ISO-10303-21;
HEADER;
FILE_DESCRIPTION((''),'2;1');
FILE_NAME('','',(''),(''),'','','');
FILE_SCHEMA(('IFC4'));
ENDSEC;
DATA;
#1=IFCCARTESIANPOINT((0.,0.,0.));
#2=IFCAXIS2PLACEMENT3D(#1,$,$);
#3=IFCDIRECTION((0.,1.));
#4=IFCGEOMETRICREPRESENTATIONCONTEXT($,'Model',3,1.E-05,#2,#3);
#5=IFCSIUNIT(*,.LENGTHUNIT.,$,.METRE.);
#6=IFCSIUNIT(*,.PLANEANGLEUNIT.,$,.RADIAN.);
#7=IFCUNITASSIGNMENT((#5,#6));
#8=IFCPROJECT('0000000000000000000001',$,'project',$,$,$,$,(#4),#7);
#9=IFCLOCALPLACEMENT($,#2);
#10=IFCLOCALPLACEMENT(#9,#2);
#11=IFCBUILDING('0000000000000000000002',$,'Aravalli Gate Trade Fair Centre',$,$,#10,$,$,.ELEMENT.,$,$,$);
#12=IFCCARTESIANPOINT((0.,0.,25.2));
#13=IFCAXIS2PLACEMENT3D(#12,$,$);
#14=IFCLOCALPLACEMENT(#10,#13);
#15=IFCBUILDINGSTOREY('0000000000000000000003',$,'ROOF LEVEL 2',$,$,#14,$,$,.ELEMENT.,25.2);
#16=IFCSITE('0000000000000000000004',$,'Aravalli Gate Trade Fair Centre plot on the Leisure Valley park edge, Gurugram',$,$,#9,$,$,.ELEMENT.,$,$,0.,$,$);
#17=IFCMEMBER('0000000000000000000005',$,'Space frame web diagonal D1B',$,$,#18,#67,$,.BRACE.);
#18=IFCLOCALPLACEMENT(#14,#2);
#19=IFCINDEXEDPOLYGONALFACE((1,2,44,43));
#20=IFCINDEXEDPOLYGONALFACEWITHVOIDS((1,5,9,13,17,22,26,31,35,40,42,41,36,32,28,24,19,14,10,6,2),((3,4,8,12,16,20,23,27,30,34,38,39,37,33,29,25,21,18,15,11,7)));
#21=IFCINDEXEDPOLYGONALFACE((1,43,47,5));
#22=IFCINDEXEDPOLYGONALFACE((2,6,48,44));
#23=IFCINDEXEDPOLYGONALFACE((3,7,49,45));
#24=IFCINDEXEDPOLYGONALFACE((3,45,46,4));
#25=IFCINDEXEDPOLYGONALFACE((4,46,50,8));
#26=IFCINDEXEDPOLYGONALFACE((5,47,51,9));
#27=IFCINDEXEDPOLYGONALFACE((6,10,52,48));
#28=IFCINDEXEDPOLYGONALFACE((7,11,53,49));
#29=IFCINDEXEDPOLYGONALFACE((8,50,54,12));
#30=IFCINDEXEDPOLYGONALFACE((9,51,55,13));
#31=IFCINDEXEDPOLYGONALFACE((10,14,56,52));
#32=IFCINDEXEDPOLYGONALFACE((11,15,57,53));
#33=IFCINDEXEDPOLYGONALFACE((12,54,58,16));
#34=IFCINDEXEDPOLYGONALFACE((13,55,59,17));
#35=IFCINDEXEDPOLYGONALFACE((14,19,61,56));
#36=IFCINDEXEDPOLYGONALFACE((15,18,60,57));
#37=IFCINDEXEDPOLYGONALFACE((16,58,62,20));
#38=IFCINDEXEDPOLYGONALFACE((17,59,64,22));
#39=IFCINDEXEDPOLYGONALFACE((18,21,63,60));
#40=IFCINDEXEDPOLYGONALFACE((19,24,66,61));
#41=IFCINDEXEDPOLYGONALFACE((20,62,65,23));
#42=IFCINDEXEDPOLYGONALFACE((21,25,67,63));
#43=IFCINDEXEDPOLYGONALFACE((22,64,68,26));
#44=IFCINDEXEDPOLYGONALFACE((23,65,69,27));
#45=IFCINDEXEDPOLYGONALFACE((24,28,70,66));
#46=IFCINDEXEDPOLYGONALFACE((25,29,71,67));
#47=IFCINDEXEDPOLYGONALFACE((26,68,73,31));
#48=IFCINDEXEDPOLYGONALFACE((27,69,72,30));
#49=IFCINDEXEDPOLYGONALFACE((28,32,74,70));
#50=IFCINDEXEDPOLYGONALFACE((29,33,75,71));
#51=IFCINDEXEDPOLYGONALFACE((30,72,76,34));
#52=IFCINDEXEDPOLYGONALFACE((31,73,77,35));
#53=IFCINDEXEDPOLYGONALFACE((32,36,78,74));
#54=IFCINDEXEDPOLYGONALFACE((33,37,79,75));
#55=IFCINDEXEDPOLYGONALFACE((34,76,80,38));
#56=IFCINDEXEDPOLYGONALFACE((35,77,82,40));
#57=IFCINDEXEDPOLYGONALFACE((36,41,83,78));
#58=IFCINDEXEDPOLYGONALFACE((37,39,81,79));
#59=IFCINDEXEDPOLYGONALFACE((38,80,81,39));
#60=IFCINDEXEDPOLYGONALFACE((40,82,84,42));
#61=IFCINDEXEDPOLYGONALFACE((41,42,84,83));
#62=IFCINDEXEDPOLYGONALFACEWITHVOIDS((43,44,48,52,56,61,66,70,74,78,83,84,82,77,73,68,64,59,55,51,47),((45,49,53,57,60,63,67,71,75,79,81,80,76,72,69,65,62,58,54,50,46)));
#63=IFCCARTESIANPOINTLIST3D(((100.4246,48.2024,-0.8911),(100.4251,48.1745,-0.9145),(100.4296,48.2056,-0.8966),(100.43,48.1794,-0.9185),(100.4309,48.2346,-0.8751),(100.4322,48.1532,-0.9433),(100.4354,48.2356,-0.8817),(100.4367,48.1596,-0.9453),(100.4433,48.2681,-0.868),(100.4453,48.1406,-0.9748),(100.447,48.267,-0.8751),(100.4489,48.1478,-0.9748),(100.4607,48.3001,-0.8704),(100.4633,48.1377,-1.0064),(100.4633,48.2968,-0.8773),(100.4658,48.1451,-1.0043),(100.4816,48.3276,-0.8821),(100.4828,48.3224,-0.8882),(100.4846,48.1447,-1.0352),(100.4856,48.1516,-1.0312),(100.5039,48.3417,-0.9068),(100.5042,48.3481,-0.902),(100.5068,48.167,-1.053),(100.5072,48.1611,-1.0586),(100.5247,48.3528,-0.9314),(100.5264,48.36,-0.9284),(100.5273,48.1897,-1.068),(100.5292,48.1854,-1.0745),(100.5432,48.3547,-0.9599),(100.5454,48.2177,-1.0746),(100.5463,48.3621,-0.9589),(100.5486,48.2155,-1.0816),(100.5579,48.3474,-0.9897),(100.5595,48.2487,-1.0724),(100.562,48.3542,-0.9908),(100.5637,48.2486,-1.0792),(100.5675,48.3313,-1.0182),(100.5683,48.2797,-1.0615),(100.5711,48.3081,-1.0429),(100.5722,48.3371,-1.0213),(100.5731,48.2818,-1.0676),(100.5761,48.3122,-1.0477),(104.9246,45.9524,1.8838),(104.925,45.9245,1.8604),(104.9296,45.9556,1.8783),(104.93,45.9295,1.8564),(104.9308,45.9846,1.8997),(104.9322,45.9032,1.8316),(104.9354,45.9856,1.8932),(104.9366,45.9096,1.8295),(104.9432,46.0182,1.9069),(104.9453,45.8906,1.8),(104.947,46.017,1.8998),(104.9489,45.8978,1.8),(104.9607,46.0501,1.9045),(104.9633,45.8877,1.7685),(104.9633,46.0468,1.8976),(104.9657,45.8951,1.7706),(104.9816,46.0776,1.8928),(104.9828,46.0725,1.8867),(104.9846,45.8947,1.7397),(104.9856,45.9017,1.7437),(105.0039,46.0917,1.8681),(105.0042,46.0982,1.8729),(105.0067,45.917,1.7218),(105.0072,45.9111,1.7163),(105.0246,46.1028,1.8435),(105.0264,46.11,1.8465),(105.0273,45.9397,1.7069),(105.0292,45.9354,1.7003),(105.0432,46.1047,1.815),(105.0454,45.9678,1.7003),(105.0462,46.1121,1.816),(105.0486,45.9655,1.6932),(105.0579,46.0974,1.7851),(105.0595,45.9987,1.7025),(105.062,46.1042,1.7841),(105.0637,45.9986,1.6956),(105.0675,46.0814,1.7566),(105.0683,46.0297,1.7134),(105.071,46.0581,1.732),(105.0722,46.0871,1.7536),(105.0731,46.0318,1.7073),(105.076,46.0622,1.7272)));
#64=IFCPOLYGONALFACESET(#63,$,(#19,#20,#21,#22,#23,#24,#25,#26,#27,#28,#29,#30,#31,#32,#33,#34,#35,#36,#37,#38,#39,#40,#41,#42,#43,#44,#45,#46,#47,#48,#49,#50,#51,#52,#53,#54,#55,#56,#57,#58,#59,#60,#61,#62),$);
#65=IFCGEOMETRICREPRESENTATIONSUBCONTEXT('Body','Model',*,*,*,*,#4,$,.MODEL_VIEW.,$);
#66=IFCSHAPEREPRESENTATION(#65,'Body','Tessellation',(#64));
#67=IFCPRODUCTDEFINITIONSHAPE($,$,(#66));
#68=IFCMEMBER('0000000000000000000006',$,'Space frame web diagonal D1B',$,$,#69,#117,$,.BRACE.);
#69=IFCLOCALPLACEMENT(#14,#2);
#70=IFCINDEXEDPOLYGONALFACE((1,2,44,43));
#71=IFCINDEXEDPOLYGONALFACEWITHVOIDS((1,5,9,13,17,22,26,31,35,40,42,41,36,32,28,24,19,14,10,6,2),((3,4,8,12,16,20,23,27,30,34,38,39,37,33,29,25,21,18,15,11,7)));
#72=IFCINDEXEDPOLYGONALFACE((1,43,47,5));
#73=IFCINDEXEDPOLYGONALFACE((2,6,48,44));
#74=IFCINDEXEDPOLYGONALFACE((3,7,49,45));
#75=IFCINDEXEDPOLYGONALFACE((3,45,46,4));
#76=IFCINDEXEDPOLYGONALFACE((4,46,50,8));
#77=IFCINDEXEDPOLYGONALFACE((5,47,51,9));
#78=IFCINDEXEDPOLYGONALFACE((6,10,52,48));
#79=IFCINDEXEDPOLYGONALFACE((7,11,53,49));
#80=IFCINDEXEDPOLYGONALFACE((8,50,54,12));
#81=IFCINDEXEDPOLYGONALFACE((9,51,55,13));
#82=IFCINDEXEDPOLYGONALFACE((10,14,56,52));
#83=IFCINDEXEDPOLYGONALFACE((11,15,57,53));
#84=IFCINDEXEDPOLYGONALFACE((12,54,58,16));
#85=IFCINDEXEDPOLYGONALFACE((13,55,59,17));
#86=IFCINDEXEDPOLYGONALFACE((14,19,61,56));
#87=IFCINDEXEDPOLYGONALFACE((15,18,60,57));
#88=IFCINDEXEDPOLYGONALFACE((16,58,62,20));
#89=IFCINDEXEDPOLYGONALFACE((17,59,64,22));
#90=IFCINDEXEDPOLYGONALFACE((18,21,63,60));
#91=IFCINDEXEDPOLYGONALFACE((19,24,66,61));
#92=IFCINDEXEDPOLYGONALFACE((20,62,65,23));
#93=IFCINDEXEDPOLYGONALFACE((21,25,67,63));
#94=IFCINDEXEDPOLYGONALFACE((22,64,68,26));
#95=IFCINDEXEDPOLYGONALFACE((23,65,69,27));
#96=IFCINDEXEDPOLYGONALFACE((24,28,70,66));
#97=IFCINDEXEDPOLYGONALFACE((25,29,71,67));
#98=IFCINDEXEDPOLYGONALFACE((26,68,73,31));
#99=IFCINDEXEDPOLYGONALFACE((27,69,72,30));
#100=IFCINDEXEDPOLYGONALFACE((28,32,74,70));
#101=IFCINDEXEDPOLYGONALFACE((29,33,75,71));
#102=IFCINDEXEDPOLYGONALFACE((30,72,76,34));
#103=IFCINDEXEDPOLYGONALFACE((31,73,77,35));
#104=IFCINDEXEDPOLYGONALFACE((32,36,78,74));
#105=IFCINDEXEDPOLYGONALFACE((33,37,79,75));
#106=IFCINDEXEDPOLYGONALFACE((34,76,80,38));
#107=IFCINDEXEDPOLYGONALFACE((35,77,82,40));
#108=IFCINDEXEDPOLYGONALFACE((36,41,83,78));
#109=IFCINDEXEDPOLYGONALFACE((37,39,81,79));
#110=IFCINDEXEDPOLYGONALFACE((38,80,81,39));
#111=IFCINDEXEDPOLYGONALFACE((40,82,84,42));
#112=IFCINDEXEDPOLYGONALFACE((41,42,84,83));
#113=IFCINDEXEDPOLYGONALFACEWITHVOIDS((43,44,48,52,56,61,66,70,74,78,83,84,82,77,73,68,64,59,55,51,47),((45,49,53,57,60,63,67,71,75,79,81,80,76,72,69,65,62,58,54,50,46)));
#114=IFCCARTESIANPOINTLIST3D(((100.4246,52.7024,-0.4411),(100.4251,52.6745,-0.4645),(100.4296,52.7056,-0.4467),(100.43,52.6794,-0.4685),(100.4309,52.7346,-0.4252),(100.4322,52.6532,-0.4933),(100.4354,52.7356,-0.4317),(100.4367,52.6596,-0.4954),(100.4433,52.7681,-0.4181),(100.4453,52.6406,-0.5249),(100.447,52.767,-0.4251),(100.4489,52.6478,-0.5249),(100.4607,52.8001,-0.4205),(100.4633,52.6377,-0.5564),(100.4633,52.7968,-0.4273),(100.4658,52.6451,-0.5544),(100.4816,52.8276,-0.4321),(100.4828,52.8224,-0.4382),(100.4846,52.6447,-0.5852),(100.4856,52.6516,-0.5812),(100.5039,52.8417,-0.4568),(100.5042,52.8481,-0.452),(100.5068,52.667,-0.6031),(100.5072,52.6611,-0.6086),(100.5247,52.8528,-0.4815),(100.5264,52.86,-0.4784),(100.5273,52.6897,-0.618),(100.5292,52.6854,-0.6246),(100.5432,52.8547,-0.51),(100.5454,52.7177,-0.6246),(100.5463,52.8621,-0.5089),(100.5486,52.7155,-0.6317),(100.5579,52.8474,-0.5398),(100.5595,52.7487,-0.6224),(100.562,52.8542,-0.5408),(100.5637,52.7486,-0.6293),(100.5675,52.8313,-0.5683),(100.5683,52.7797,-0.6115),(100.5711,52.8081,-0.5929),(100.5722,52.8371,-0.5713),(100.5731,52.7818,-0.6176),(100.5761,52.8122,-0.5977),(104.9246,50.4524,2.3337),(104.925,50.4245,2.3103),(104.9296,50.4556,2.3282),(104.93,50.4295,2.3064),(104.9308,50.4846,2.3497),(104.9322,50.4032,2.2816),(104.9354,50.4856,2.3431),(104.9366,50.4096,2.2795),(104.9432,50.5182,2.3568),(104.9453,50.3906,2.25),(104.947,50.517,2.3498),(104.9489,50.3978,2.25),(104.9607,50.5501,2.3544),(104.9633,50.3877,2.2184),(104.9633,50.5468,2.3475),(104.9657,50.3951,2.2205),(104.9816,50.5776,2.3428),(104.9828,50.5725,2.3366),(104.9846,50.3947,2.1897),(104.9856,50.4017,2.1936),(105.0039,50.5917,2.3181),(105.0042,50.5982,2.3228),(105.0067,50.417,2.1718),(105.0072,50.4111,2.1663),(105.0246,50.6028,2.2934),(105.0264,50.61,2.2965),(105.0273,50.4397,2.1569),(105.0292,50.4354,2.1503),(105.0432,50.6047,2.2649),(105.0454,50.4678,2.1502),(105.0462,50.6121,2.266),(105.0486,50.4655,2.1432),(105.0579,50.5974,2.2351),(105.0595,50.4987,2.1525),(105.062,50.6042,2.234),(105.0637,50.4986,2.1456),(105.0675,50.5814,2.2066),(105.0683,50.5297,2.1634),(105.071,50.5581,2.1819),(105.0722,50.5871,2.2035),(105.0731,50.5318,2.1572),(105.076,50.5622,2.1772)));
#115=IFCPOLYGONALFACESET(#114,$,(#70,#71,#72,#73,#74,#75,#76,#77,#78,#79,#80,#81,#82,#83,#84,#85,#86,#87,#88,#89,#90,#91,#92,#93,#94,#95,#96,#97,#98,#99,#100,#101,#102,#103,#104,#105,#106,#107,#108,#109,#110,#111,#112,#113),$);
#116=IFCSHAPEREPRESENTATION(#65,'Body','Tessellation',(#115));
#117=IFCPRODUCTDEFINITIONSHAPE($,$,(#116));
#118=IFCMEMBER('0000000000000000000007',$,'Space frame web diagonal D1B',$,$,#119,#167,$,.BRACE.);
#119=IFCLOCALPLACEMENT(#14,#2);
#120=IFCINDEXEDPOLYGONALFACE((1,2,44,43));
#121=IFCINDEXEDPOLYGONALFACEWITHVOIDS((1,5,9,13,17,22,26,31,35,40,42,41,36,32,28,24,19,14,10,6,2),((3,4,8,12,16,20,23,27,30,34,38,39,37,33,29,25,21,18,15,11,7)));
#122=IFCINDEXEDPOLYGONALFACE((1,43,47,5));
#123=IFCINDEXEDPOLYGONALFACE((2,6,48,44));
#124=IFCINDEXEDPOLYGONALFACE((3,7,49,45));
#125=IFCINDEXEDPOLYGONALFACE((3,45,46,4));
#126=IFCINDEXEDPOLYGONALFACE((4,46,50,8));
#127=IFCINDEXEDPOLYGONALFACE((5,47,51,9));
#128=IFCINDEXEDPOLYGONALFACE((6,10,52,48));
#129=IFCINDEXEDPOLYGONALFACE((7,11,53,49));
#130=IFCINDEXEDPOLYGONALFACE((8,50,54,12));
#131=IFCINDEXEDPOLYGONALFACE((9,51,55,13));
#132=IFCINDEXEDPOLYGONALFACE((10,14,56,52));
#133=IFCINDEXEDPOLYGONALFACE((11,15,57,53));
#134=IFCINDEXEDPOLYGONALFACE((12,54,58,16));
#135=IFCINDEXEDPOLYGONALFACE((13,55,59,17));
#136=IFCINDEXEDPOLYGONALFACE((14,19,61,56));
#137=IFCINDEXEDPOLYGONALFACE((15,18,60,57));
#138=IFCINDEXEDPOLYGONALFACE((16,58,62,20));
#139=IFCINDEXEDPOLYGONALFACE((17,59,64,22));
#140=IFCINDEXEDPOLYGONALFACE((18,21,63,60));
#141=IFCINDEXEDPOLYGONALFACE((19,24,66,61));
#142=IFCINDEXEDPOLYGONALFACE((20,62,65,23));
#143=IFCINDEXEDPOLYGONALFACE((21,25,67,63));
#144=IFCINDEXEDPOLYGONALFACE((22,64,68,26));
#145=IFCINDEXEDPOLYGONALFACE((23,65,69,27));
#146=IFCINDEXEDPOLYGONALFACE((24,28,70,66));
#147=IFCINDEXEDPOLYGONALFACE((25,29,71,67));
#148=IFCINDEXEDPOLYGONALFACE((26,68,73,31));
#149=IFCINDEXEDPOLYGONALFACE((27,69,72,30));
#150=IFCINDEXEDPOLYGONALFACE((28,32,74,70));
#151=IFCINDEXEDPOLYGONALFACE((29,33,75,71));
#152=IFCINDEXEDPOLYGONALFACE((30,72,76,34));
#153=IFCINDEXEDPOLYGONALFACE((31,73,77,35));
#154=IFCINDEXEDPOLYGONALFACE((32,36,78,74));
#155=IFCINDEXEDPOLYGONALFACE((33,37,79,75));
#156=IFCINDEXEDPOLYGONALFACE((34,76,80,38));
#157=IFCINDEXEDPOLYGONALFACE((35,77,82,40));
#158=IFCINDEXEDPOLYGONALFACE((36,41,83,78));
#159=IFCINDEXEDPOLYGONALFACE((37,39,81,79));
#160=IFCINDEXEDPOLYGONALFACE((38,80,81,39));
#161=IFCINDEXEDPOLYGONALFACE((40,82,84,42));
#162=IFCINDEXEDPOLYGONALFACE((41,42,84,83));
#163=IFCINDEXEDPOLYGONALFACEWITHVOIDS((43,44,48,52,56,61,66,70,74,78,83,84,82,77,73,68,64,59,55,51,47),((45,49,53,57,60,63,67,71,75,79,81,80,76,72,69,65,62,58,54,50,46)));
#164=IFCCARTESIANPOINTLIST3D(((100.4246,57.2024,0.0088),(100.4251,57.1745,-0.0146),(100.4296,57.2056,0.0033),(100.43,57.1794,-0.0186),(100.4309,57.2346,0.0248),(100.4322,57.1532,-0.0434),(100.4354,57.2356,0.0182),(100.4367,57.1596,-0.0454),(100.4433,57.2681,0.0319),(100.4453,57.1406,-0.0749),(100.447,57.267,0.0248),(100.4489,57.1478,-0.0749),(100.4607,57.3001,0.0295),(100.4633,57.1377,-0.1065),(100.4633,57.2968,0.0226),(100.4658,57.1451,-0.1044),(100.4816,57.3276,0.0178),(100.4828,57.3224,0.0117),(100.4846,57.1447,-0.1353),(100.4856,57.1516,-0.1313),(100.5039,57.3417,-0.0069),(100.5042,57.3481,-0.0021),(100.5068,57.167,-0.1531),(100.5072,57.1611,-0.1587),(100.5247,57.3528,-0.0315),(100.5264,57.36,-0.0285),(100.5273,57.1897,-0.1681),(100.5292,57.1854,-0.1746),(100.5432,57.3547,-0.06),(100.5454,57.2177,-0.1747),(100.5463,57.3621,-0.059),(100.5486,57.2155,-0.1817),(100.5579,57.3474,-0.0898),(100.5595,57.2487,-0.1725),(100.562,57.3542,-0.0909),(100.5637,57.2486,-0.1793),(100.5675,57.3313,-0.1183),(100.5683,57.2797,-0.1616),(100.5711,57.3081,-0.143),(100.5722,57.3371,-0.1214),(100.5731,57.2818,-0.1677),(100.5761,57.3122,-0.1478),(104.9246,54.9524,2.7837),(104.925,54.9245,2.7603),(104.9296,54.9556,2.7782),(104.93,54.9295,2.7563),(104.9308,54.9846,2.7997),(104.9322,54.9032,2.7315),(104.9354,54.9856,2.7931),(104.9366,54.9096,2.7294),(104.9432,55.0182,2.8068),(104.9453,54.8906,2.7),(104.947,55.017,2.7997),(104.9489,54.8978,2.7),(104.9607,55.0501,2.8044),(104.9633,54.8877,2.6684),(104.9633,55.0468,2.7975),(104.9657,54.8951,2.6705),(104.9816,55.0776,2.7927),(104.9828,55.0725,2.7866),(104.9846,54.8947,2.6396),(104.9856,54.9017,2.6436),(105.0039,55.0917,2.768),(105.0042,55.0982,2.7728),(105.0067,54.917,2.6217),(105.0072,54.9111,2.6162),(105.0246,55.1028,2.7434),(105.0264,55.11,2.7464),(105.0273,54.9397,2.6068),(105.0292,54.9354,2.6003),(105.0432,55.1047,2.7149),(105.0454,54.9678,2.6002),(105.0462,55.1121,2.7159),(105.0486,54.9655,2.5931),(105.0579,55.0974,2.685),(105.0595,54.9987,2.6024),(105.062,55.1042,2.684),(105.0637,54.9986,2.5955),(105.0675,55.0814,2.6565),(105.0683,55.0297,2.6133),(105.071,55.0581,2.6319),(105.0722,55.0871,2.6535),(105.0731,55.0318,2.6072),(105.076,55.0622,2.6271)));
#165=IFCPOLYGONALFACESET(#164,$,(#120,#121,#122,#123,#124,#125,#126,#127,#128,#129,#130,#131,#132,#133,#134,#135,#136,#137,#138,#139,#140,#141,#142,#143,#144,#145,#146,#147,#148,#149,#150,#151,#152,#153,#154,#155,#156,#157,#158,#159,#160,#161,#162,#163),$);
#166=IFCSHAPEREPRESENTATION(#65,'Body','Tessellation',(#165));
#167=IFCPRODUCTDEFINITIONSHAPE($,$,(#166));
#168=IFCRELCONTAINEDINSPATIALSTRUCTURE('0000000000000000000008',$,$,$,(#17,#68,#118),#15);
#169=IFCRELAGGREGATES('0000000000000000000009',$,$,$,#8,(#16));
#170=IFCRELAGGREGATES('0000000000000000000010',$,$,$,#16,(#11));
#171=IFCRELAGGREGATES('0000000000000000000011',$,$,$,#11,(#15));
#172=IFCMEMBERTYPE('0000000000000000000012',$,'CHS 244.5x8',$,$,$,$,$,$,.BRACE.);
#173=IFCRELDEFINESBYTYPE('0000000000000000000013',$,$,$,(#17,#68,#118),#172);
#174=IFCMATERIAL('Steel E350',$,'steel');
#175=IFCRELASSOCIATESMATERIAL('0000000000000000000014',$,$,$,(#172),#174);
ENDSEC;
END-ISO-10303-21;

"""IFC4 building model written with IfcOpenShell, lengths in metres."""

from ifc_helpers import new_model, si_unit, direction, frame, origin, origin_2d, place, context, subcontext, project, spatial, hollow_circle, extrude, material, material_profile, profile_set, type_object, element, save


model = new_model("IFC4")

# Units and contexts
model_context = context("Model", 3, precision=1e-05, world=origin(), true_north=direction((0.0, 1.0)))
body_context = subcontext(model_context, "Body", "Model", "MODEL_VIEW")
ifc_project = project(units=[si_unit("LENGTHUNIT", "METRE"), si_unit("PLANEANGLEUNIT", "RADIAN")], contexts=[model_context])

# Site, building, storey
site_placement = place(None, origin())
site = spatial("IfcSite", under=ifc_project, at=site_placement, Name="Aravalli Gate Trade Fair Centre plot on the Leisure Valley park edge, Gurugram", CompositionType="ELEMENT", RefElevation=0.0)
building_placement = place(site_placement, origin())
building = spatial("IfcBuilding", under=site, at=building_placement, Name="Aravalli Gate Trade Fair Centre", CompositionType="ELEMENT")
storey_placement = place(building_placement, frame((0.0, 0.0, 25.2)))
storey = spatial("IfcBuildingStorey", under=building, at=storey_placement, Name="ROOF LEVEL 2", CompositionType="ELEMENT", Elevation=25.2)

# Members
ifc_material_1 = material(Name="Steel E350", Category="steel")
ifc_material_profile_1 = material_profile(ifc_material_1, hollow_circle(Radius=0.1223, WallThickness=0.0081, at=origin_2d()), Name="CHS 244.5x8")
ifc_profile_set_1 = profile_set([ifc_material_profile_1], Name="Steel E350")
member_type_1 = type_object("IfcMemberType", Name="CHS 244.5x8", PredefinedType="BRACE", material=ifc_profile_set_1)
for number, where, z_axis, x_axis, name in (
    (1, (105.0, 46.0, 1.8), (-0.7832, 0.3916, -0.482956), (-0.447214, -0.894427, 0.0), "Space frame web diagonal D1B"),
    (2, (105.0, 50.5, 2.25), (-0.7832, 0.3916, -0.482956), (-0.447214, -0.894427, 0.0), "Space frame web diagonal D1B"),
    (3, (105.0, 55.0, 2.7), (-0.7832, 0.3916, -0.482956), (-0.447214, -0.894427, 0.0), "Space frame web diagonal D1B"),
):
    element("IfcMember", number, at=place(storey_placement, frame(where, z_axis=z_axis, x_axis=x_axis)), inside=storey, type_object=member_type_1, Name=name, PredefinedType="BRACE", context=body_context, shape_type="SweptSolid", body=[
        extrude(hollow_circle(Radius=0.1223, WallThickness=0.0081, at=origin_2d()), origin(), (0.0, 0.0, 1.0), 5.7456),
    ])

save(model, "model.ifc")
